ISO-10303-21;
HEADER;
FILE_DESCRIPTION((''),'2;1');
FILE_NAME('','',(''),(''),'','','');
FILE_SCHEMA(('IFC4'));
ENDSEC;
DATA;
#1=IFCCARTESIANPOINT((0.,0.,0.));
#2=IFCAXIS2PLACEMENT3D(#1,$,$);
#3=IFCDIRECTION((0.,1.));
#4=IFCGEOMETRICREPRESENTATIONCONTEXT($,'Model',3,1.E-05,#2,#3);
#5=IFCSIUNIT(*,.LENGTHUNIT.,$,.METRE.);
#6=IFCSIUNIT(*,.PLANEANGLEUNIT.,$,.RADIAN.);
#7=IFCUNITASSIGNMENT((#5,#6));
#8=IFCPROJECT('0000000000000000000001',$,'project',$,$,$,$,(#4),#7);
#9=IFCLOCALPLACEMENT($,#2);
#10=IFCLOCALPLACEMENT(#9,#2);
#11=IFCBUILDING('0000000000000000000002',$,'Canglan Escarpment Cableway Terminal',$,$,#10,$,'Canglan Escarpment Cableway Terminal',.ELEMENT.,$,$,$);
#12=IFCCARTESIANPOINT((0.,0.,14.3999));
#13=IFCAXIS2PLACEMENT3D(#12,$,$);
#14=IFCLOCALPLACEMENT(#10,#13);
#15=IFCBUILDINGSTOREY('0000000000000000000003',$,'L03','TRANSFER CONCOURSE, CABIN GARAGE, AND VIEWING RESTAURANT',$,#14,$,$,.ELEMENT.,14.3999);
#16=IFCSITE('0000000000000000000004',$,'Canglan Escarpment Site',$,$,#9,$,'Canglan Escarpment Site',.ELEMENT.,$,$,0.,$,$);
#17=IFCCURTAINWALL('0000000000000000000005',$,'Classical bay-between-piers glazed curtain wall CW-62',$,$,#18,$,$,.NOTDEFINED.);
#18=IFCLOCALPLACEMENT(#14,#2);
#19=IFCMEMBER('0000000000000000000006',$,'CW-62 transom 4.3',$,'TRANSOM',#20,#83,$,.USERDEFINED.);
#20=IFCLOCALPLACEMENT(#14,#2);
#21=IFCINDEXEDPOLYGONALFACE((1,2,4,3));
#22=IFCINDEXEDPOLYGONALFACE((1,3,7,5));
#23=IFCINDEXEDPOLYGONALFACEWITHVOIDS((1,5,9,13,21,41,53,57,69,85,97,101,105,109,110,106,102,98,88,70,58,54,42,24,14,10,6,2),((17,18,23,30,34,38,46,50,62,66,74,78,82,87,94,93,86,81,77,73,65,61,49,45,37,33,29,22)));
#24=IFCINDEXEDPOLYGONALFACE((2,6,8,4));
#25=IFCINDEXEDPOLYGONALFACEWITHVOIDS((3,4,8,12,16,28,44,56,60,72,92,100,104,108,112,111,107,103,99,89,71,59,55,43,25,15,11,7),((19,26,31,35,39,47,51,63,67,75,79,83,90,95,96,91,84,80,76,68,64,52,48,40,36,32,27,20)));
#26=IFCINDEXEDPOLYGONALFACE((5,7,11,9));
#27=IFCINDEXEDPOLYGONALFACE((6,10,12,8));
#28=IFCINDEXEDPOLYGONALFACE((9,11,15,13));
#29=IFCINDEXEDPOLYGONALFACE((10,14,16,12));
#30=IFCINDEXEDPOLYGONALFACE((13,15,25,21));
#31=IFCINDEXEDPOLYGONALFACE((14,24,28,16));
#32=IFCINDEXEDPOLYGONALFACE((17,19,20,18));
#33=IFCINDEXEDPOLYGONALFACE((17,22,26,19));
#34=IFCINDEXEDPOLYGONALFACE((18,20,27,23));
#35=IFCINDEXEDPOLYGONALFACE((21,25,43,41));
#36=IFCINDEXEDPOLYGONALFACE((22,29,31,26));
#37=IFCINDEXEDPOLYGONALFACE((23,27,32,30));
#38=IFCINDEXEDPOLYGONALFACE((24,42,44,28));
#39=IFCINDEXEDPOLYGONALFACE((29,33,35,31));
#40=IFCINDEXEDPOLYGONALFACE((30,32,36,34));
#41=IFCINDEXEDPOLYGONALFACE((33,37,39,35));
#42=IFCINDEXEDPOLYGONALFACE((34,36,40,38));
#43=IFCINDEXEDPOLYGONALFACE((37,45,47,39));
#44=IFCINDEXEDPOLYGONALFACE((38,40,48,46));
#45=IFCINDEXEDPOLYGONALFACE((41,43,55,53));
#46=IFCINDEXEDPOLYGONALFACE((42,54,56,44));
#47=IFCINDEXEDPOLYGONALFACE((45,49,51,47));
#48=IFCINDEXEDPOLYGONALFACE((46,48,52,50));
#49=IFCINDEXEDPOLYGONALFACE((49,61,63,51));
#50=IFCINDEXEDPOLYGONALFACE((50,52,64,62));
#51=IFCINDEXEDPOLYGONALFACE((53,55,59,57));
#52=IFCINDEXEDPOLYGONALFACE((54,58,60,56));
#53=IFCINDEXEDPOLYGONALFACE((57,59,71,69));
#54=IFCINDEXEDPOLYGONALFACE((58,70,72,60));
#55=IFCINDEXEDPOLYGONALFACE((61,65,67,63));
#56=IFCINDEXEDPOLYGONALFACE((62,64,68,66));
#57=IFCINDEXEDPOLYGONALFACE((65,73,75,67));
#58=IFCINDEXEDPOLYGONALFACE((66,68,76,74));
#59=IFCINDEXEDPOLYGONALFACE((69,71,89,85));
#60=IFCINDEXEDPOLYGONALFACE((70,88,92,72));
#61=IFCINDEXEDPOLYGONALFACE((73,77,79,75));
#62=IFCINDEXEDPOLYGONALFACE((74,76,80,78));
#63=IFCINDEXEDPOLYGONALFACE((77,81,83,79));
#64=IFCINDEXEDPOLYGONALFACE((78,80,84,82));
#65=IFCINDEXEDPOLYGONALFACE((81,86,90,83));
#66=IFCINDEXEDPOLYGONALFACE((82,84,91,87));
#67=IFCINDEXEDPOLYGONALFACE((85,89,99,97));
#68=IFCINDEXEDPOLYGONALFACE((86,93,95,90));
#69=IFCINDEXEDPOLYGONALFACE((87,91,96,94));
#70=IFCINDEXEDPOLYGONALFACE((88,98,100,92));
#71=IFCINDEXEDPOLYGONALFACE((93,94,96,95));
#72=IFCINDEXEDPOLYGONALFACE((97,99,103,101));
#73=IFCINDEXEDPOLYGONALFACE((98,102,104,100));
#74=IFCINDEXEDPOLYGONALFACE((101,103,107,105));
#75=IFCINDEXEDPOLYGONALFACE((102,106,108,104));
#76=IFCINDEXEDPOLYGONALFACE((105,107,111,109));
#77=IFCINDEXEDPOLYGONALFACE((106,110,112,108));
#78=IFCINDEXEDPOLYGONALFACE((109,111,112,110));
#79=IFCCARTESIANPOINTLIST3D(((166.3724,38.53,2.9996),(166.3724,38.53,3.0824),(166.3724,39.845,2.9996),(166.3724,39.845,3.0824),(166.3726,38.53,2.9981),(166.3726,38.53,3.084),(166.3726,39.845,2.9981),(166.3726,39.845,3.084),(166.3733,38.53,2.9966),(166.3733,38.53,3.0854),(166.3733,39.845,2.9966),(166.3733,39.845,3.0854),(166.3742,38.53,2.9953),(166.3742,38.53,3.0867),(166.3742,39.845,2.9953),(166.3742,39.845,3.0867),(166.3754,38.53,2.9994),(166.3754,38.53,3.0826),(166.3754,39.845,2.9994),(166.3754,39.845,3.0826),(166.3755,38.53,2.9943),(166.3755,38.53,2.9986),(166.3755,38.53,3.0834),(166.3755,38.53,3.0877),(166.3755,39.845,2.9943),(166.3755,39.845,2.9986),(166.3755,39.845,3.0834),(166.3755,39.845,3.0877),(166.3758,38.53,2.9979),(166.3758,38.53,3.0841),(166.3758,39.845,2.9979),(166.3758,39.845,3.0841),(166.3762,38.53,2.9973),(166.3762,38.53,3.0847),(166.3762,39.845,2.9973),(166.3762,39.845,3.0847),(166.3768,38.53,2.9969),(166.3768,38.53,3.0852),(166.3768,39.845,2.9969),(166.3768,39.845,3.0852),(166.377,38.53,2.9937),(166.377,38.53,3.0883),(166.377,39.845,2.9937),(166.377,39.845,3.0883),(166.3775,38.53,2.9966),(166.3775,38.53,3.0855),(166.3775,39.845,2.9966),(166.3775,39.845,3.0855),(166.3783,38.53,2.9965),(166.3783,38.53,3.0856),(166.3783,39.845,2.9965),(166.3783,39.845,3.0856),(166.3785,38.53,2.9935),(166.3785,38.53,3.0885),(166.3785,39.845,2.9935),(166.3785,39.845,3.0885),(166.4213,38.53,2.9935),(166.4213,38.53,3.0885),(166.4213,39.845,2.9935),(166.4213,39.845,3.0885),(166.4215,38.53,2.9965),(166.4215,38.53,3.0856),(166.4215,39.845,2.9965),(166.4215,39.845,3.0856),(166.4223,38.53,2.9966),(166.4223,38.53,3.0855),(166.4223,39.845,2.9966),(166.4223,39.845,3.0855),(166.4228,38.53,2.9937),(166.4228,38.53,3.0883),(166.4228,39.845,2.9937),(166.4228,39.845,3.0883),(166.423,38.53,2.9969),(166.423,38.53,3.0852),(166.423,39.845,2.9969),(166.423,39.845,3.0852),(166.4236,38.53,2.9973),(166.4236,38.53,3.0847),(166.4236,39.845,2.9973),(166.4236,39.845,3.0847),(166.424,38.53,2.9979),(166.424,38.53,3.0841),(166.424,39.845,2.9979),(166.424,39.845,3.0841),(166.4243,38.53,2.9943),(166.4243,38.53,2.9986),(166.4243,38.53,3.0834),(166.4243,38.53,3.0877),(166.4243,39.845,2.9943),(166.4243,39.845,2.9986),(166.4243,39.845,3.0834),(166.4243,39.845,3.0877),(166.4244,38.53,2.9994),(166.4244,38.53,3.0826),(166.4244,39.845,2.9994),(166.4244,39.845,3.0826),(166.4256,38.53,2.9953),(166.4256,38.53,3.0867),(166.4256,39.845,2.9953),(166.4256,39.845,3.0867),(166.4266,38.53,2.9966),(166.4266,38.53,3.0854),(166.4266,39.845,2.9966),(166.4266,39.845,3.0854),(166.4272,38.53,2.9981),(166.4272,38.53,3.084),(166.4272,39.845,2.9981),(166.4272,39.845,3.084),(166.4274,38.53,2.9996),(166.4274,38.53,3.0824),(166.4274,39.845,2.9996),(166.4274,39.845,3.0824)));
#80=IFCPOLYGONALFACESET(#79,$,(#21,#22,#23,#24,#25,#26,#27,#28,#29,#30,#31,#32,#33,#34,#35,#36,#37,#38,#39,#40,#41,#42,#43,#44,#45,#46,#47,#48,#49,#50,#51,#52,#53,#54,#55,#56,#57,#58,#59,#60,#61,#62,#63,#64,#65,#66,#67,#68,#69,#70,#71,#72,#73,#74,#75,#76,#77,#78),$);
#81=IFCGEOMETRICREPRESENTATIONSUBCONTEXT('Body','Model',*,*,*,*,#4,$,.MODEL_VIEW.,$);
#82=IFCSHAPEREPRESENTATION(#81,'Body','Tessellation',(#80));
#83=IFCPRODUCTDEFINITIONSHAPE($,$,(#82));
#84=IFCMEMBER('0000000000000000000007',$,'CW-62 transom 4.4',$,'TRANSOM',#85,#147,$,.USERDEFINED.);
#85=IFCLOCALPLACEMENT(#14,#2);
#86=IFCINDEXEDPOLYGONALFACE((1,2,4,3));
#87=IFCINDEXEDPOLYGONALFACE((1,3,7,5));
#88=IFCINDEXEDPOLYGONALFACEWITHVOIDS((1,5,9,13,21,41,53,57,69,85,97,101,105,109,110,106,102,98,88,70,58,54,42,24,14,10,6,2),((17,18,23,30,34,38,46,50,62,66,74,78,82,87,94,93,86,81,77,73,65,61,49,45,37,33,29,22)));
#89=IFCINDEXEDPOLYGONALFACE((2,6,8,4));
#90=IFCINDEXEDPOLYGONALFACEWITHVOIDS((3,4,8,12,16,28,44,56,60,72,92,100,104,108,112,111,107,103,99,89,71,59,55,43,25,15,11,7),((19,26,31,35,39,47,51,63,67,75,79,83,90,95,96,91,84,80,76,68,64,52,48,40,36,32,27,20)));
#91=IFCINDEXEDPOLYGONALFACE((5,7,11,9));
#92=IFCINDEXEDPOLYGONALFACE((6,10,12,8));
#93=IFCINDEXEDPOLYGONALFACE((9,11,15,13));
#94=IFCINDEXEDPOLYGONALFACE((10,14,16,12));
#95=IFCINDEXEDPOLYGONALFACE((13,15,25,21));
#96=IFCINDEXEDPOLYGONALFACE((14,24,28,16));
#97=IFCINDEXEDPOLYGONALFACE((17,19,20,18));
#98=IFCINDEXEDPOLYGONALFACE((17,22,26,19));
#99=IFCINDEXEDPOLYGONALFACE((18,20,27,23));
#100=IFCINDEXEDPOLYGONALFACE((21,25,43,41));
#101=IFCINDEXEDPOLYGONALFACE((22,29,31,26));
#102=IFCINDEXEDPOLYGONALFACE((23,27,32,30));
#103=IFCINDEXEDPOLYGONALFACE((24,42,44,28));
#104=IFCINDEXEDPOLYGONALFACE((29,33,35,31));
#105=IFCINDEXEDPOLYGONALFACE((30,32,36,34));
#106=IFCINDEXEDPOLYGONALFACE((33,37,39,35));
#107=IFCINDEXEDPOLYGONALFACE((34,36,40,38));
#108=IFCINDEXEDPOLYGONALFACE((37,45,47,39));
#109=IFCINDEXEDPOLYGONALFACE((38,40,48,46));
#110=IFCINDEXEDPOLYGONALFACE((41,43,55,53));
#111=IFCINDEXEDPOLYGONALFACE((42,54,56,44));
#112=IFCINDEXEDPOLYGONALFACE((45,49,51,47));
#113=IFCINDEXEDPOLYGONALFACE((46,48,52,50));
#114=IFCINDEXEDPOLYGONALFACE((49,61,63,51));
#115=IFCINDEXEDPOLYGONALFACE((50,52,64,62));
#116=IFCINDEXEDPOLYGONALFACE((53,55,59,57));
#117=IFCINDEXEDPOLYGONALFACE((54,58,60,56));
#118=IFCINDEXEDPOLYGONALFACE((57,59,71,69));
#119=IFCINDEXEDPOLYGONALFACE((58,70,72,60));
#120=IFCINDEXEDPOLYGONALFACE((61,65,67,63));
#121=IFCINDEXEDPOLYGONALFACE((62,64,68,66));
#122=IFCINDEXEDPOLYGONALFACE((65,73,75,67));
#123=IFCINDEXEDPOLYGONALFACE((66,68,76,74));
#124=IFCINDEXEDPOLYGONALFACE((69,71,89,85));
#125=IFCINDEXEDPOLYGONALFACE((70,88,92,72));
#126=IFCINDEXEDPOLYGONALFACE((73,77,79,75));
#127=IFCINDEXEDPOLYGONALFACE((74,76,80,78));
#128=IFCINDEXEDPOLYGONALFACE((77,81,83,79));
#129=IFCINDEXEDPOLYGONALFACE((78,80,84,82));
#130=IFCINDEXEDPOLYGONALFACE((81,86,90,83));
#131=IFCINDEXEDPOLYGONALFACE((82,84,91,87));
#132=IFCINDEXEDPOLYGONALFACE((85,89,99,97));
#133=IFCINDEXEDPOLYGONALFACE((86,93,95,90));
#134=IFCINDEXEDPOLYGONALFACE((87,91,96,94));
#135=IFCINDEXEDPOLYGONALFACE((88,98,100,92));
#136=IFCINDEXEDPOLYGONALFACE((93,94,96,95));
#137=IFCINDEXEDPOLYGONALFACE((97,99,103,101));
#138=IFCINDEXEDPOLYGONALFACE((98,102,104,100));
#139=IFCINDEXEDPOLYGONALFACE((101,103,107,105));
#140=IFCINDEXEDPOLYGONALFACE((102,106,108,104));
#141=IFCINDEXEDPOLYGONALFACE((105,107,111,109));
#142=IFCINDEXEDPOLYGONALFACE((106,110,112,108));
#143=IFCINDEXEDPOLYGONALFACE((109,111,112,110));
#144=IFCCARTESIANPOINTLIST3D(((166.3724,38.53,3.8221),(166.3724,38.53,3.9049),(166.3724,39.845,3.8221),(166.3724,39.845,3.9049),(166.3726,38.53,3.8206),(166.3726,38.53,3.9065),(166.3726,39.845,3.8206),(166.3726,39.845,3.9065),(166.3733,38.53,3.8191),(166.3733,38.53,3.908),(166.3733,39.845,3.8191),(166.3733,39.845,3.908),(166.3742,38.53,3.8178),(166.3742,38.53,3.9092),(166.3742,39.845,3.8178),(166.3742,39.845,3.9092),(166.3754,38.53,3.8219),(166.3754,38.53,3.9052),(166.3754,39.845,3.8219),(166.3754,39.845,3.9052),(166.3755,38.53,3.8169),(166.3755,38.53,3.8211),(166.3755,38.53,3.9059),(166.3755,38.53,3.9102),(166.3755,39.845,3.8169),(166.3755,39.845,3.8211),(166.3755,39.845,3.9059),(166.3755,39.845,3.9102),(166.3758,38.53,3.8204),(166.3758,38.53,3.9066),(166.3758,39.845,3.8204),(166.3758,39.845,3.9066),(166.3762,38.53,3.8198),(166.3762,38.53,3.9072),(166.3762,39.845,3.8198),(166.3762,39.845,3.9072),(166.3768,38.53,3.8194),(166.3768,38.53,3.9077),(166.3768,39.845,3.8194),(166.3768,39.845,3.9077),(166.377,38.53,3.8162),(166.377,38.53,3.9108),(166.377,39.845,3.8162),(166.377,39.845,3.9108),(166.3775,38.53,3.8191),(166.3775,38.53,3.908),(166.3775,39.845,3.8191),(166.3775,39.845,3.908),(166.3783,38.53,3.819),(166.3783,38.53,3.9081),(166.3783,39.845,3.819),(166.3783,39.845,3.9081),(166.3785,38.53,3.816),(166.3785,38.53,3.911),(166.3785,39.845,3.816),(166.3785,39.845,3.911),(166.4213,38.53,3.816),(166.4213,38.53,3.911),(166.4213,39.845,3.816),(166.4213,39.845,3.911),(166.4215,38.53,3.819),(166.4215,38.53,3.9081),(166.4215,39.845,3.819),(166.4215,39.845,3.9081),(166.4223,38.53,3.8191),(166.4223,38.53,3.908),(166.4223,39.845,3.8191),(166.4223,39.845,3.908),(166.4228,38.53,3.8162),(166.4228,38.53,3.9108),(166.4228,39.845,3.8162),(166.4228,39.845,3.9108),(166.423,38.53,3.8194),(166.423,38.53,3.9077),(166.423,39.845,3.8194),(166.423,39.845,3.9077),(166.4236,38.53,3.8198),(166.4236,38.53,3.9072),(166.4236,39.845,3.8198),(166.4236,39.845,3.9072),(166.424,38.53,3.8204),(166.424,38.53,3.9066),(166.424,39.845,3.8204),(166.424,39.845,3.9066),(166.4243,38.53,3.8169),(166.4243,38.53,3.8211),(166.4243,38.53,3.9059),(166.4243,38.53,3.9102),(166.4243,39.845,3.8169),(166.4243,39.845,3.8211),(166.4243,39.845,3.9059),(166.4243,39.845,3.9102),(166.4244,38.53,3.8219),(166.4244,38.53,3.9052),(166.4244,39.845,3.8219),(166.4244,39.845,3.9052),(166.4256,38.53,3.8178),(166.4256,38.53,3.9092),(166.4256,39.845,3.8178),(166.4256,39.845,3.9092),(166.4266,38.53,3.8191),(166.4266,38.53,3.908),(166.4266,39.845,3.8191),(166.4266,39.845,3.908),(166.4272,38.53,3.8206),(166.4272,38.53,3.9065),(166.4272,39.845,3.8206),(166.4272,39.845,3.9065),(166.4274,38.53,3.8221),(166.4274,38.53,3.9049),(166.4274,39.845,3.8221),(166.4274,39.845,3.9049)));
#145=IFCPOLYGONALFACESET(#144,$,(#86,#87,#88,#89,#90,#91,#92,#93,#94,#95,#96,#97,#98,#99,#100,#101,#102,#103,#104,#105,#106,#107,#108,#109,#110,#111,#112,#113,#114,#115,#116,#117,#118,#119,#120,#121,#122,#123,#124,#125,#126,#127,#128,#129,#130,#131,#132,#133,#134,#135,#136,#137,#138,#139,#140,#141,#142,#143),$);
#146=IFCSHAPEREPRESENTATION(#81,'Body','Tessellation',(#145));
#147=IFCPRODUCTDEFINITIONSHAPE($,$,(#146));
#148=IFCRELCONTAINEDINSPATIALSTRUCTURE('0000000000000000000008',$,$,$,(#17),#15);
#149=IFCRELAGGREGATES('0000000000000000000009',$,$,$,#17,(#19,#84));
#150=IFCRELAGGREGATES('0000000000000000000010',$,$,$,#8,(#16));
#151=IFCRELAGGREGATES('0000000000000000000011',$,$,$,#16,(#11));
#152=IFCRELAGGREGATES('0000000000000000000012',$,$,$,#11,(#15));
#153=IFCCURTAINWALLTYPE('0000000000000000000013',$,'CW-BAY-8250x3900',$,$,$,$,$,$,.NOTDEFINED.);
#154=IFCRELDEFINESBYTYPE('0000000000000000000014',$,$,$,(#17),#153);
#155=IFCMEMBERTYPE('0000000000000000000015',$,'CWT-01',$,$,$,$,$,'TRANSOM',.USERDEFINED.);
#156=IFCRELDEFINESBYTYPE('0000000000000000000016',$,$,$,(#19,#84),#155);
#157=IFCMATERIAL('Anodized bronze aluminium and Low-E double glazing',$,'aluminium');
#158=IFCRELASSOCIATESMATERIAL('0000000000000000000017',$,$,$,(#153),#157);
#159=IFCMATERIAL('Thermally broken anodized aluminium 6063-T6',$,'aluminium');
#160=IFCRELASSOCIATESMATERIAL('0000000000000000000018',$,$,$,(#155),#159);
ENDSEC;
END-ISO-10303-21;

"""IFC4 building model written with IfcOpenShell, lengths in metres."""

from ifc_helpers import new_model, si_unit, direction, frame, origin, origin_2d, place, context, subcontext, project, spatial, hollow_rectangle, extrude, material, material_profile, profile_set, type_object, element, aggregate, save


model = new_model("IFC4")

# Units and contexts
model_context = context("Model", 3, precision=1e-05, world=origin(), true_north=direction((0.0, 1.0)))
body_context = subcontext(model_context, "Body", "Model", "MODEL_VIEW")
ifc_project = project(units=[si_unit("LENGTHUNIT", "METRE"), si_unit("PLANEANGLEUNIT", "RADIAN")], contexts=[model_context])

# Site, building, storey
site_placement = place(None, origin())
site = spatial("IfcSite", under=ifc_project, at=site_placement, Name="Canglan Escarpment Site", LongName="Canglan Escarpment Site", CompositionType="ELEMENT", RefElevation=0.0)
building_placement = place(site_placement, origin())
building = spatial("IfcBuilding", under=site, at=building_placement, Name="Canglan Escarpment Cableway Terminal", LongName="Canglan Escarpment Cableway Terminal", CompositionType="ELEMENT")
storey_placement = place(building_placement, frame((0.0, 0.0, 14.3999)))
storey = spatial("IfcBuildingStorey", under=building, at=storey_placement, Name="L03", Description="TRANSFER CONCOURSE, CABIN GARAGE, AND VIEWING RESTAURANT", CompositionType="ELEMENT", Elevation=14.3999)

# Curtain wall, members
ifc_material_1 = material(Name="Anodized bronze aluminium and Low-E double glazing", Category="aluminium")
curtain_wall_type = type_object("IfcCurtainWallType", Name="CW-BAY-8250x3900", PredefinedType="NOTDEFINED", material=ifc_material_1)
curtain_wall_placement = place(storey_placement, origin())
curtain_wall = element("IfcCurtainWall", 1, at=curtain_wall_placement, inside=storey, type_object=curtain_wall_type, Name="Classical bay-between-piers glazed curtain wall CW-62", PredefinedType="NOTDEFINED")
ifc_material_2 = material(Name="Thermally broken anodized aluminium 6063-T6", Category="aluminium")
ifc_material_profile_1 = material_profile(ifc_material_2, hollow_rectangle(XDim=0.0549, YDim=0.095, WallThickness=0.0029, InnerFilletRadius=0.0029, OuterFilletRadius=0.0061, at=origin_2d()), Name="ALU-TRAN 55x95x3")
ifc_profile_set_1 = profile_set([ifc_material_profile_1], Name="Thermally broken anodized aluminium 6063-T6")
member_type_1 = type_object("IfcMemberType", Name="CWT-01", ElementType="TRANSOM", PredefinedType="USERDEFINED", material=ifc_profile_set_1)
member_1_placement = place(storey_placement, frame((166.3999, 38.53, 3.041), z_axis=(0.0, 1.0, 0.0), x_axis=(-1.0, 0.0, 0.0)))
member_1 = element("IfcMember", 2, at=member_1_placement, type_object=member_type_1, Name="CW-62 transom 4.3", ObjectType="TRANSOM", PredefinedType="USERDEFINED", context=body_context, shape_type="SweptSolid", body=[
    extrude(hollow_rectangle(XDim=0.0549, YDim=0.095, WallThickness=0.0029, InnerFilletRadius=0.0029, OuterFilletRadius=0.0061, at=origin_2d()), origin(), (0.0, 0.0, 1.0), 1.3149),
])
member_2_placement = place(storey_placement, frame((166.3999, 38.53, 3.8635), z_axis=(0.0, 1.0, 0.0), x_axis=(-1.0, 0.0, 0.0)))
member_2 = element("IfcMember", 3, at=member_2_placement, type_object=member_type_1, Name="CW-62 transom 4.4", ObjectType="TRANSOM", PredefinedType="USERDEFINED", context=body_context, shape_type="SweptSolid", body=[
    extrude(hollow_rectangle(XDim=0.0549, YDim=0.095, WallThickness=0.0029, InnerFilletRadius=0.0029, OuterFilletRadius=0.0061, at=origin_2d()), origin(), (0.0, 0.0, 1.0), 1.3149),
])
aggregate(curtain_wall, [member_1, member_2])

save(model, "model.ifc")
